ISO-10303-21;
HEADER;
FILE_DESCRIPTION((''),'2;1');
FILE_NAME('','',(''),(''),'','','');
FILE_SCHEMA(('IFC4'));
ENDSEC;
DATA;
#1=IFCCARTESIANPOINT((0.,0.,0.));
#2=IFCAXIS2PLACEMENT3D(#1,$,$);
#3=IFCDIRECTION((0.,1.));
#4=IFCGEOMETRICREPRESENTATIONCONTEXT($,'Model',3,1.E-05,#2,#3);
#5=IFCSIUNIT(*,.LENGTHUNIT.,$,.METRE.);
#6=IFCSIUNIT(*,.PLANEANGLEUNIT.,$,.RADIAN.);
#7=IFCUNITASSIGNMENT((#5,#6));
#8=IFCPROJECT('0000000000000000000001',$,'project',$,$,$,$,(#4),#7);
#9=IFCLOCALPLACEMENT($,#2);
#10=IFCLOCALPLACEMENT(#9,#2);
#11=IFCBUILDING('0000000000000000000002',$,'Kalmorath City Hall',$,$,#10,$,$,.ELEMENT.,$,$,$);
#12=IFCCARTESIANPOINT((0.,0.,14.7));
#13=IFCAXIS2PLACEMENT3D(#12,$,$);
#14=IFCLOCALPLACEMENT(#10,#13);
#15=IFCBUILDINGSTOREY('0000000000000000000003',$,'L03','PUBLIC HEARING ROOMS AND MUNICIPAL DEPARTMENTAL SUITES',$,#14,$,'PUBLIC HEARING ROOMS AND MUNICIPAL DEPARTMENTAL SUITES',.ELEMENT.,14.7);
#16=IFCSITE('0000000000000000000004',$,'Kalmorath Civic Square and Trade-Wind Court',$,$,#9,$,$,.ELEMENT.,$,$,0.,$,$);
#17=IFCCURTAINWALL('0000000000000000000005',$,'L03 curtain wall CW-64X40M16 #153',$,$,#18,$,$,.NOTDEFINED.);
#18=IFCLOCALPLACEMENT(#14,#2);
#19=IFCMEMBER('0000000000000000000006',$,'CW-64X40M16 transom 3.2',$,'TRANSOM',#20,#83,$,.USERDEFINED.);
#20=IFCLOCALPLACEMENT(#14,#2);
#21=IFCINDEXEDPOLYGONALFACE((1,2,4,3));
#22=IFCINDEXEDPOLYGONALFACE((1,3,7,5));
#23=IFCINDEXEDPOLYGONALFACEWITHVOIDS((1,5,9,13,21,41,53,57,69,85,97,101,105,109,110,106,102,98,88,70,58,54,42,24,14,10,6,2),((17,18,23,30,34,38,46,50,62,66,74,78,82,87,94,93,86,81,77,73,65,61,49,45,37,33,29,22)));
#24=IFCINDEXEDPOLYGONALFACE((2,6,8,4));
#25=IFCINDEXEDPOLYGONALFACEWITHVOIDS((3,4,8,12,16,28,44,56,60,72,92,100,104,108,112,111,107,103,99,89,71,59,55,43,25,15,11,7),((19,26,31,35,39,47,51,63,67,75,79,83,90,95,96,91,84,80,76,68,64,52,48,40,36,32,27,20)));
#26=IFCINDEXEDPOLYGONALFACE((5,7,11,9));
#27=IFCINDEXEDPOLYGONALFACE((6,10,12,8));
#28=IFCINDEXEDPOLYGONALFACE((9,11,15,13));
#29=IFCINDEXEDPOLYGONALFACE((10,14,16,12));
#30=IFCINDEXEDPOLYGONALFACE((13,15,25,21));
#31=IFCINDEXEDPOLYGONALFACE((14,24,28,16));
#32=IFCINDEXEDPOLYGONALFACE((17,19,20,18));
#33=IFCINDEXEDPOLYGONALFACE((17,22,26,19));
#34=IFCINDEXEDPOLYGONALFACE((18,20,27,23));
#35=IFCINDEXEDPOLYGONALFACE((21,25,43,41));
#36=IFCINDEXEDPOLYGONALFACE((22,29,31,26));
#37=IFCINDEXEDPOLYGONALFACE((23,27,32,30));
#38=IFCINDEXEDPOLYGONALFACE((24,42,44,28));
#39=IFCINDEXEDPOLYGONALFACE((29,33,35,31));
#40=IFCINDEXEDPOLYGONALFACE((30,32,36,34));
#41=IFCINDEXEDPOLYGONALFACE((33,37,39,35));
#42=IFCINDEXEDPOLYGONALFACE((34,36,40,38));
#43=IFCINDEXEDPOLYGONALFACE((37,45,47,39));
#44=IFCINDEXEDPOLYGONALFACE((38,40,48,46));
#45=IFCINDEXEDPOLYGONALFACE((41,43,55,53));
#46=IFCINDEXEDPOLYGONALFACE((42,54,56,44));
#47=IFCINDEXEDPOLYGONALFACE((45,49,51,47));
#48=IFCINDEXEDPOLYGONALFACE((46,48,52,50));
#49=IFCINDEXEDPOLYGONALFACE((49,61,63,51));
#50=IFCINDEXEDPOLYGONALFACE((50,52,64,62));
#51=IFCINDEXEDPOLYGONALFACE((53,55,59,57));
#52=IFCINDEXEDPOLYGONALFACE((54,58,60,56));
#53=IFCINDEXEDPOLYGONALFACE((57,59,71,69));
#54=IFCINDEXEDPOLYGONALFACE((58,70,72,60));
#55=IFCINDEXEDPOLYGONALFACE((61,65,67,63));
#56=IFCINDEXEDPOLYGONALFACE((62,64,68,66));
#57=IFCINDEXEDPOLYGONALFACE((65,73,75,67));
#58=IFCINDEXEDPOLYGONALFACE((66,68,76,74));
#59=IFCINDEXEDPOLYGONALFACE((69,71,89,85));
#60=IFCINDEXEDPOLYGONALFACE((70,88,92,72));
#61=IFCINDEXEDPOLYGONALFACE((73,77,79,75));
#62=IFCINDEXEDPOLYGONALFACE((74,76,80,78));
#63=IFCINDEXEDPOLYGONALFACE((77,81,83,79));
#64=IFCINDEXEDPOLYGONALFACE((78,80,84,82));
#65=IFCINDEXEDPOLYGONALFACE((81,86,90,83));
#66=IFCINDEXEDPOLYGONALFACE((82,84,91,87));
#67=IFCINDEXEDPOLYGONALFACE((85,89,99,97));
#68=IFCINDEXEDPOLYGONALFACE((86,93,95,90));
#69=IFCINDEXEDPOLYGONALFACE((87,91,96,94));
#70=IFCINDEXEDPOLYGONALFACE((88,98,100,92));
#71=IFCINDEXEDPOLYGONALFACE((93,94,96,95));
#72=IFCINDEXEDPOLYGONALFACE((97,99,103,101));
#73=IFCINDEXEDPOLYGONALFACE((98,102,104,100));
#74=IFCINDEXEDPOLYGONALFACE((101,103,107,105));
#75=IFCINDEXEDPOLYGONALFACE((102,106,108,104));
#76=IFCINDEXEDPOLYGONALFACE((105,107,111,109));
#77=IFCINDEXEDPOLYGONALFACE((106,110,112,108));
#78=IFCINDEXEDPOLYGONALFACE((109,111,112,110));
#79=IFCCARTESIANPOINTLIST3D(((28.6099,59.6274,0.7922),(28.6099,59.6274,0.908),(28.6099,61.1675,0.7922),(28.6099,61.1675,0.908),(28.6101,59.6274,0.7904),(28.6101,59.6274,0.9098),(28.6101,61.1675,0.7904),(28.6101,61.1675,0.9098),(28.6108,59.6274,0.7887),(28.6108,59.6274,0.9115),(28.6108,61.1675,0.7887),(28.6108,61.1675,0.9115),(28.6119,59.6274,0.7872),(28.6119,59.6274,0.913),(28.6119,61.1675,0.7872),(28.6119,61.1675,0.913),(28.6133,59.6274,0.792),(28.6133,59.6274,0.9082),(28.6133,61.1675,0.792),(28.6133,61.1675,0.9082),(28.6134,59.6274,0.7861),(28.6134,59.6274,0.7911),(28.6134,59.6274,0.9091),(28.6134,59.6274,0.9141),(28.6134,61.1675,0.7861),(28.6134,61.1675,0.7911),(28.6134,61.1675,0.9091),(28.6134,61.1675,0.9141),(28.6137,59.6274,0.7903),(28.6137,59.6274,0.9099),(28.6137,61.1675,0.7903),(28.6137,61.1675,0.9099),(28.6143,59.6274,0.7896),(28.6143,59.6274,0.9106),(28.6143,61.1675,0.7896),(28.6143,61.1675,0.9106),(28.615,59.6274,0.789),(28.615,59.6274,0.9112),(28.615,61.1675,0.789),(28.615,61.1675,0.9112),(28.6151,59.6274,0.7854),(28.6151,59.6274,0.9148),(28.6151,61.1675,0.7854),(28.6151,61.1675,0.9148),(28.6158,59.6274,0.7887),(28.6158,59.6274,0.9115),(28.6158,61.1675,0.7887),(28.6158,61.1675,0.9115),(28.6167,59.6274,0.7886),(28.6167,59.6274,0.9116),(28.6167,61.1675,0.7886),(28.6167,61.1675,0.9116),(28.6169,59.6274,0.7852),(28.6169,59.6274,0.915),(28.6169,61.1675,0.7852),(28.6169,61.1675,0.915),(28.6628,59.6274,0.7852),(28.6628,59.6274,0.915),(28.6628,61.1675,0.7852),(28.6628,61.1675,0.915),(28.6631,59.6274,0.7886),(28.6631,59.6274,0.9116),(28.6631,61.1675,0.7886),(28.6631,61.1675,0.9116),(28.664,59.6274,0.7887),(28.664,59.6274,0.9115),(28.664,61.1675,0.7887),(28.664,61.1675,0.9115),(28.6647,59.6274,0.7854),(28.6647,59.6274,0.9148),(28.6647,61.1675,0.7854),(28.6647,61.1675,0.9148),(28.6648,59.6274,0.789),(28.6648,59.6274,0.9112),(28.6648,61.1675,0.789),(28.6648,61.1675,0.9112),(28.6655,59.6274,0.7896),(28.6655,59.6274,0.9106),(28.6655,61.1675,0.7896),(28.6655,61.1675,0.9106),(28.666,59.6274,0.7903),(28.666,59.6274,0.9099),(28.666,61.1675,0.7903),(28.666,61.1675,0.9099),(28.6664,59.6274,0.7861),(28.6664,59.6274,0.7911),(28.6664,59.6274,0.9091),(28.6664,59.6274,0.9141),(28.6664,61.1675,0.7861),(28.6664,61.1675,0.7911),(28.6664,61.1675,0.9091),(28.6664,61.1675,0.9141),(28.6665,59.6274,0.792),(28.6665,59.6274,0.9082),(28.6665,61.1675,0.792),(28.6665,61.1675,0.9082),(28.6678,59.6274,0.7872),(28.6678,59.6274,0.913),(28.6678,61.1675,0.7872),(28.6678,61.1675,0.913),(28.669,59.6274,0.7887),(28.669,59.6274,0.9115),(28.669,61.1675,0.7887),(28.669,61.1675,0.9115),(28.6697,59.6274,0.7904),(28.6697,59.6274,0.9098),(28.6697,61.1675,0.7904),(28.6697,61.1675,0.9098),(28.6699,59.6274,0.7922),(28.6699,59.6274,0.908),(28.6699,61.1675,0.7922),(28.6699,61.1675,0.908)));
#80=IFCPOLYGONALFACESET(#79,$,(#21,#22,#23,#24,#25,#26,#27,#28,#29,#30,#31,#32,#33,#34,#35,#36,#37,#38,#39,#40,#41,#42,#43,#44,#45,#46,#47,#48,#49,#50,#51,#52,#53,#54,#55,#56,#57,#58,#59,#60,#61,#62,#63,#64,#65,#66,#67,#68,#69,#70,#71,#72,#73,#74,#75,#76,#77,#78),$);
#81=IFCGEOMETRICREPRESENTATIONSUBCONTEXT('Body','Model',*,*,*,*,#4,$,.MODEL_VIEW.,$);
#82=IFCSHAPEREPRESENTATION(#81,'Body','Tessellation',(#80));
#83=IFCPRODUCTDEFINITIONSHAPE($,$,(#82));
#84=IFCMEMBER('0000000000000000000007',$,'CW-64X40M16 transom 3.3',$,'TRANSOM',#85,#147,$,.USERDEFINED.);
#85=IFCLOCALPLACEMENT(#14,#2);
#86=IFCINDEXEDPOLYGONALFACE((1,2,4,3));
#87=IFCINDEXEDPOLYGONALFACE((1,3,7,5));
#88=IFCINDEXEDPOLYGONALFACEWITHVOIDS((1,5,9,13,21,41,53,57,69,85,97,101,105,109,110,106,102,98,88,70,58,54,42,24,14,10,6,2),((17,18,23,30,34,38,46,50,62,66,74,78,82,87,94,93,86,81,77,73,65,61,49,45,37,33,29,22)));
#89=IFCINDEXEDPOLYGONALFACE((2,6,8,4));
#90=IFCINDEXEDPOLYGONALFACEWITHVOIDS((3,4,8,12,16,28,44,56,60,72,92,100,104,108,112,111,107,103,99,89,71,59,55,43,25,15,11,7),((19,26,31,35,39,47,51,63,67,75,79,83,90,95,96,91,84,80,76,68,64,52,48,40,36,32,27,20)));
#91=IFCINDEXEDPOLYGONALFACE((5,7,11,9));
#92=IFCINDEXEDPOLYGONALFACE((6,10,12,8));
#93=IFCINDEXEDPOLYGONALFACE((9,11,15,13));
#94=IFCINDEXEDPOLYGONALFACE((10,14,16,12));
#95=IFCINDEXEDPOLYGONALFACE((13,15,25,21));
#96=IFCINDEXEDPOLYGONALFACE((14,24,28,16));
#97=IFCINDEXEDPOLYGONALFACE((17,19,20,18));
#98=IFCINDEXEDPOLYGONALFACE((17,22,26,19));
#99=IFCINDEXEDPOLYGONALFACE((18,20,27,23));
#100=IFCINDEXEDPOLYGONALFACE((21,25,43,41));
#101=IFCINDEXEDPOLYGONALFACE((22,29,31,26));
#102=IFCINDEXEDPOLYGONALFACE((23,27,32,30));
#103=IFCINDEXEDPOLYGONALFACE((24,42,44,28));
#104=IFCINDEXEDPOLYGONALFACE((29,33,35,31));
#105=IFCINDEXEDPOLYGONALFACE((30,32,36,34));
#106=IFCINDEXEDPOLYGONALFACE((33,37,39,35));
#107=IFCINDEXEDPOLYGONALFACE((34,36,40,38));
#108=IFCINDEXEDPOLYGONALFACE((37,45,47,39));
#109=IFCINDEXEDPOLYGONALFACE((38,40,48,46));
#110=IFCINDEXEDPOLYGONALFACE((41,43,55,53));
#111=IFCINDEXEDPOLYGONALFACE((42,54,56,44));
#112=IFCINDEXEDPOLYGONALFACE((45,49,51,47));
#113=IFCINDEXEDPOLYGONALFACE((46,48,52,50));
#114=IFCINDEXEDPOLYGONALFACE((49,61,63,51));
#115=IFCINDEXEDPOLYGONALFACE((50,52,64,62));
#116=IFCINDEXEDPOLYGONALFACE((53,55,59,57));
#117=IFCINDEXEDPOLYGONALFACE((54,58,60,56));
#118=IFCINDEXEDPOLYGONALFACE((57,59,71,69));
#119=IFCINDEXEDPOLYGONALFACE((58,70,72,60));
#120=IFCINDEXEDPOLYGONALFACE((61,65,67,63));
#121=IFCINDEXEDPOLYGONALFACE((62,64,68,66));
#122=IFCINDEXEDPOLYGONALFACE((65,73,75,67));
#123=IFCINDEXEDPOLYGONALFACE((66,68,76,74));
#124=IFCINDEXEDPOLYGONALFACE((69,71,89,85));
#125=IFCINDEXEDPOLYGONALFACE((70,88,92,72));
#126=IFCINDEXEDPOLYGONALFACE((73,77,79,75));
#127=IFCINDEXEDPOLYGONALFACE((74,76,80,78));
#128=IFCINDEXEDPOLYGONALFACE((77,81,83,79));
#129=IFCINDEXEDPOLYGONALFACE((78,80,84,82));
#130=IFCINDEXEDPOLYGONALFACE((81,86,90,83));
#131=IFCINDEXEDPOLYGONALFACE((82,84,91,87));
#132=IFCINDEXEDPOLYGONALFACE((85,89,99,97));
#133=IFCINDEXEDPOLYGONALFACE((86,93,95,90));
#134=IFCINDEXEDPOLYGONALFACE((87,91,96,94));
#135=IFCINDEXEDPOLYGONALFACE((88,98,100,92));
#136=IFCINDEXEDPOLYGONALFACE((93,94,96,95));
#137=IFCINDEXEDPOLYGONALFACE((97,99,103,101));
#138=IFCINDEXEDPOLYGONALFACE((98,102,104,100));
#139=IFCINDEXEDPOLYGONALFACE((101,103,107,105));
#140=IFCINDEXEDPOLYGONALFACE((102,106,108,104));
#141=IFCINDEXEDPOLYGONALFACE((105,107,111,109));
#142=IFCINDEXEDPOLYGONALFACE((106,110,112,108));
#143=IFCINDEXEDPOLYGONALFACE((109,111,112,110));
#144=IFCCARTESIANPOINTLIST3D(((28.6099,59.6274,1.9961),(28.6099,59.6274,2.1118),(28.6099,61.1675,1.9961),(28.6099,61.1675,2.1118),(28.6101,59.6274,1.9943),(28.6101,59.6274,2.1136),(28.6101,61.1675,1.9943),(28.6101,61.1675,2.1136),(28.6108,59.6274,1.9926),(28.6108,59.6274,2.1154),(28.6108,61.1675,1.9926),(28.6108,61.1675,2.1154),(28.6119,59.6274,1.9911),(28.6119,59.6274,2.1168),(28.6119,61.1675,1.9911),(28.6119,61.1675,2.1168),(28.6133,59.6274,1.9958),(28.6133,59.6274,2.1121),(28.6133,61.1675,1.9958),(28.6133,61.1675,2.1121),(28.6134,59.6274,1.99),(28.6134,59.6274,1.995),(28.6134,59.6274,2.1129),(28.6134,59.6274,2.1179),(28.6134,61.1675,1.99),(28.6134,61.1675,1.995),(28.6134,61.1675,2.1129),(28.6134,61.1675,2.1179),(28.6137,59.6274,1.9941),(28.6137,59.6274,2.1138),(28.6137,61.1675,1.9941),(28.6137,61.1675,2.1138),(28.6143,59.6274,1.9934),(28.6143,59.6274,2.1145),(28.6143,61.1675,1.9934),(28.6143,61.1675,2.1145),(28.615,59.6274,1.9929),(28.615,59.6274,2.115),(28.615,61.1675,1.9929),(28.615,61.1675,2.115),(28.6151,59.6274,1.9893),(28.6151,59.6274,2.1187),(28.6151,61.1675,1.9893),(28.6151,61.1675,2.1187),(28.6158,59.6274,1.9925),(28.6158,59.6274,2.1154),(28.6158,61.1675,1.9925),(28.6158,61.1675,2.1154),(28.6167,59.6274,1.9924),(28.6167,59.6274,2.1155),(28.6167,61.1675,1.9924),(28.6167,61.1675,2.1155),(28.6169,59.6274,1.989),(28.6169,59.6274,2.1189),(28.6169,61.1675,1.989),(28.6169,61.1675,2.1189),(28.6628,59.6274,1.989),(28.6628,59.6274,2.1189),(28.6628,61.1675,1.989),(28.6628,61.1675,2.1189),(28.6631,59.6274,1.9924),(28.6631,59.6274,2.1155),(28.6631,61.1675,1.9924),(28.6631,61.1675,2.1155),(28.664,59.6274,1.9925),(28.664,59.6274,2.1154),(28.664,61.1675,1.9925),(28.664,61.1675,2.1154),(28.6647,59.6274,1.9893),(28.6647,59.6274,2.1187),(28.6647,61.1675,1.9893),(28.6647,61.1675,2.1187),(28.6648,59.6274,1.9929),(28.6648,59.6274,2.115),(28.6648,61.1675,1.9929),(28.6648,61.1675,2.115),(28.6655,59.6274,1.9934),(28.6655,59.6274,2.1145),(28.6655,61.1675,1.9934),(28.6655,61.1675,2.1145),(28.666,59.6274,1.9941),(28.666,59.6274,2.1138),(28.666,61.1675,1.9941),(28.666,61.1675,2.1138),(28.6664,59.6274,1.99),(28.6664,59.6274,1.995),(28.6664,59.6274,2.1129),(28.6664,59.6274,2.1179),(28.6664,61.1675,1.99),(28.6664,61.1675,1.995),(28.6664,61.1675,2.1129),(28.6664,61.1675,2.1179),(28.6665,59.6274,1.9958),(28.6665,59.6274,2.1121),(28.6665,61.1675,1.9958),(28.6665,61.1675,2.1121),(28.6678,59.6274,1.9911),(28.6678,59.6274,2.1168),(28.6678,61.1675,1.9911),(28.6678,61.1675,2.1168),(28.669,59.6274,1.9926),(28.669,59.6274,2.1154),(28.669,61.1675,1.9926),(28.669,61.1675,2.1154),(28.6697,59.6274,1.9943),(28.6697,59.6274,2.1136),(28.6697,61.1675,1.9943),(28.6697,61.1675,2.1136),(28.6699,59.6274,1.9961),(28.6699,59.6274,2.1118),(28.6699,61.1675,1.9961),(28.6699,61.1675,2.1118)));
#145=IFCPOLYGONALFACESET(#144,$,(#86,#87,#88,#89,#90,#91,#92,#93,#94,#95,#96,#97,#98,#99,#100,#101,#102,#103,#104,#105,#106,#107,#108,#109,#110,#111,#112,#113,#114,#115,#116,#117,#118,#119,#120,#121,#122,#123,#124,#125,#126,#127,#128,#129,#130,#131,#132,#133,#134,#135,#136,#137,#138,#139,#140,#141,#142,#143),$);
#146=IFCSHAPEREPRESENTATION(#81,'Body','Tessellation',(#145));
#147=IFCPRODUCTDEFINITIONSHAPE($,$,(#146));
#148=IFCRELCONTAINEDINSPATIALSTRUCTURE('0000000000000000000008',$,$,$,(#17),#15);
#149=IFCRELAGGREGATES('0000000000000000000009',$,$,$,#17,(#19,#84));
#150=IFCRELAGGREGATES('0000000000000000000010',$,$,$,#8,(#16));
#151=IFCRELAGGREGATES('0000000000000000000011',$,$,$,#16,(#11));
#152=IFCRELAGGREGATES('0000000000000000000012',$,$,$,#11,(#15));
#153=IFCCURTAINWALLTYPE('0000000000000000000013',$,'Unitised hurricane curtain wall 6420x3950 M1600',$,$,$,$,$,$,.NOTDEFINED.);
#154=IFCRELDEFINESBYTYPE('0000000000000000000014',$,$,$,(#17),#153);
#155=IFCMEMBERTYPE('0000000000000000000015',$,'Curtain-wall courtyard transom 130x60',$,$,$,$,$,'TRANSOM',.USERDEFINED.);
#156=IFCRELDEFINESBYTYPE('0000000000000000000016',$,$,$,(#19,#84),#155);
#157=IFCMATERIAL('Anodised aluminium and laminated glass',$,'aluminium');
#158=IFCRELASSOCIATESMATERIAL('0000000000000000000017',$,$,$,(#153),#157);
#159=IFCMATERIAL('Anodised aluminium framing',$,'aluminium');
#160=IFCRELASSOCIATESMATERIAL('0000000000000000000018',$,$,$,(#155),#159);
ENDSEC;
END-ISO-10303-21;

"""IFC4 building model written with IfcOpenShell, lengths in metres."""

from ifc_helpers import new_model, si_unit, direction, frame, origin, origin_2d, place, context, subcontext, project, spatial, hollow_rectangle, extrude, material, material_profile, profile_set, type_object, element, aggregate, save


model = new_model("IFC4")

# Units and contexts
model_context = context("Model", 3, precision=1e-05, world=origin(), true_north=direction((0.0, 1.0)))
body_context = subcontext(model_context, "Body", "Model", "MODEL_VIEW")
ifc_project = project(units=[si_unit("LENGTHUNIT", "METRE"), si_unit("PLANEANGLEUNIT", "RADIAN")], contexts=[model_context])

# Site, building, storey
site_placement = place(None, origin())
site = spatial("IfcSite", under=ifc_project, at=site_placement, Name="Kalmorath Civic Square and Trade-Wind Court", CompositionType="ELEMENT", RefElevation=0.0)
building_placement = place(site_placement, origin())
building = spatial("IfcBuilding", under=site, at=building_placement, Name="Kalmorath City Hall", CompositionType="ELEMENT")
storey_placement = place(building_placement, frame((0.0, 0.0, 14.7)))
storey = spatial("IfcBuildingStorey", under=building, at=storey_placement, Name="L03", Description="PUBLIC HEARING ROOMS AND MUNICIPAL DEPARTMENTAL SUITES", LongName="PUBLIC HEARING ROOMS AND MUNICIPAL DEPARTMENTAL SUITES", CompositionType="ELEMENT", Elevation=14.7)

# Curtain wall, members
ifc_material_1 = material(Name="Anodised aluminium and laminated glass", Category="aluminium")
curtain_wall_type = type_object("IfcCurtainWallType", Name="Unitised hurricane curtain wall 6420x3950 M1600", PredefinedType="NOTDEFINED", material=ifc_material_1)
curtain_wall_placement = place(storey_placement, origin())
curtain_wall = element("IfcCurtainWall", 1, at=curtain_wall_placement, inside=storey, type_object=curtain_wall_type, Name="L03 curtain wall CW-64X40M16 #153", PredefinedType="NOTDEFINED")
ifc_material_2 = material(Name="Anodised aluminium framing", Category="aluminium")
ifc_material_profile_1 = material_profile(ifc_material_2, hollow_rectangle(XDim=0.0601, YDim=0.1299, WallThickness=0.0034, InnerFilletRadius=0.0034, OuterFilletRadius=0.0071, at=origin_2d()), Name="ALU-TRN-130X60X3.5")
ifc_profile_set_1 = profile_set([ifc_material_profile_1], Name="Anodised aluminium framing")
member_type_1 = type_object("IfcMemberType", Name="Curtain-wall courtyard transom 130x60", ElementType="TRANSOM", PredefinedType="USERDEFINED", material=ifc_profile_set_1)
member_1_placement = place(storey_placement, frame((28.6399, 61.1675, 0.8501), z_axis=(0.0, -1.0, 0.0), x_axis=(1.0, 0.0, 0.0)))
member_1 = element("IfcMember", 2, at=member_1_placement, type_object=member_type_1, Name="CW-64X40M16 transom 3.2", ObjectType="TRANSOM", PredefinedType="USERDEFINED", context=body_context, shape_type="SweptSolid", body=[
    extrude(hollow_rectangle(XDim=0.0601, YDim=0.1299, WallThickness=0.0034, InnerFilletRadius=0.0034, OuterFilletRadius=0.0071, at=origin_2d()), origin(), (0.0, 0.0, 1.0), 1.54),
])
member_2_placement = place(storey_placement, frame((28.6399, 61.1675, 2.054), z_axis=(0.0, -1.0, 0.0), x_axis=(1.0, 0.0, 0.0)))
member_2 = element("IfcMember", 3, at=member_2_placement, type_object=member_type_1, Name="CW-64X40M16 transom 3.3", ObjectType="TRANSOM", PredefinedType="USERDEFINED", context=body_context, shape_type="SweptSolid", body=[
    extrude(hollow_rectangle(XDim=0.0601, YDim=0.1299, WallThickness=0.0034, InnerFilletRadius=0.0034, OuterFilletRadius=0.0071, at=origin_2d()), origin(), (0.0, 0.0, 1.0), 1.54),
])

aggregate(curtain_wall, [member_1, member_2])

save(model, "model.ifc")
